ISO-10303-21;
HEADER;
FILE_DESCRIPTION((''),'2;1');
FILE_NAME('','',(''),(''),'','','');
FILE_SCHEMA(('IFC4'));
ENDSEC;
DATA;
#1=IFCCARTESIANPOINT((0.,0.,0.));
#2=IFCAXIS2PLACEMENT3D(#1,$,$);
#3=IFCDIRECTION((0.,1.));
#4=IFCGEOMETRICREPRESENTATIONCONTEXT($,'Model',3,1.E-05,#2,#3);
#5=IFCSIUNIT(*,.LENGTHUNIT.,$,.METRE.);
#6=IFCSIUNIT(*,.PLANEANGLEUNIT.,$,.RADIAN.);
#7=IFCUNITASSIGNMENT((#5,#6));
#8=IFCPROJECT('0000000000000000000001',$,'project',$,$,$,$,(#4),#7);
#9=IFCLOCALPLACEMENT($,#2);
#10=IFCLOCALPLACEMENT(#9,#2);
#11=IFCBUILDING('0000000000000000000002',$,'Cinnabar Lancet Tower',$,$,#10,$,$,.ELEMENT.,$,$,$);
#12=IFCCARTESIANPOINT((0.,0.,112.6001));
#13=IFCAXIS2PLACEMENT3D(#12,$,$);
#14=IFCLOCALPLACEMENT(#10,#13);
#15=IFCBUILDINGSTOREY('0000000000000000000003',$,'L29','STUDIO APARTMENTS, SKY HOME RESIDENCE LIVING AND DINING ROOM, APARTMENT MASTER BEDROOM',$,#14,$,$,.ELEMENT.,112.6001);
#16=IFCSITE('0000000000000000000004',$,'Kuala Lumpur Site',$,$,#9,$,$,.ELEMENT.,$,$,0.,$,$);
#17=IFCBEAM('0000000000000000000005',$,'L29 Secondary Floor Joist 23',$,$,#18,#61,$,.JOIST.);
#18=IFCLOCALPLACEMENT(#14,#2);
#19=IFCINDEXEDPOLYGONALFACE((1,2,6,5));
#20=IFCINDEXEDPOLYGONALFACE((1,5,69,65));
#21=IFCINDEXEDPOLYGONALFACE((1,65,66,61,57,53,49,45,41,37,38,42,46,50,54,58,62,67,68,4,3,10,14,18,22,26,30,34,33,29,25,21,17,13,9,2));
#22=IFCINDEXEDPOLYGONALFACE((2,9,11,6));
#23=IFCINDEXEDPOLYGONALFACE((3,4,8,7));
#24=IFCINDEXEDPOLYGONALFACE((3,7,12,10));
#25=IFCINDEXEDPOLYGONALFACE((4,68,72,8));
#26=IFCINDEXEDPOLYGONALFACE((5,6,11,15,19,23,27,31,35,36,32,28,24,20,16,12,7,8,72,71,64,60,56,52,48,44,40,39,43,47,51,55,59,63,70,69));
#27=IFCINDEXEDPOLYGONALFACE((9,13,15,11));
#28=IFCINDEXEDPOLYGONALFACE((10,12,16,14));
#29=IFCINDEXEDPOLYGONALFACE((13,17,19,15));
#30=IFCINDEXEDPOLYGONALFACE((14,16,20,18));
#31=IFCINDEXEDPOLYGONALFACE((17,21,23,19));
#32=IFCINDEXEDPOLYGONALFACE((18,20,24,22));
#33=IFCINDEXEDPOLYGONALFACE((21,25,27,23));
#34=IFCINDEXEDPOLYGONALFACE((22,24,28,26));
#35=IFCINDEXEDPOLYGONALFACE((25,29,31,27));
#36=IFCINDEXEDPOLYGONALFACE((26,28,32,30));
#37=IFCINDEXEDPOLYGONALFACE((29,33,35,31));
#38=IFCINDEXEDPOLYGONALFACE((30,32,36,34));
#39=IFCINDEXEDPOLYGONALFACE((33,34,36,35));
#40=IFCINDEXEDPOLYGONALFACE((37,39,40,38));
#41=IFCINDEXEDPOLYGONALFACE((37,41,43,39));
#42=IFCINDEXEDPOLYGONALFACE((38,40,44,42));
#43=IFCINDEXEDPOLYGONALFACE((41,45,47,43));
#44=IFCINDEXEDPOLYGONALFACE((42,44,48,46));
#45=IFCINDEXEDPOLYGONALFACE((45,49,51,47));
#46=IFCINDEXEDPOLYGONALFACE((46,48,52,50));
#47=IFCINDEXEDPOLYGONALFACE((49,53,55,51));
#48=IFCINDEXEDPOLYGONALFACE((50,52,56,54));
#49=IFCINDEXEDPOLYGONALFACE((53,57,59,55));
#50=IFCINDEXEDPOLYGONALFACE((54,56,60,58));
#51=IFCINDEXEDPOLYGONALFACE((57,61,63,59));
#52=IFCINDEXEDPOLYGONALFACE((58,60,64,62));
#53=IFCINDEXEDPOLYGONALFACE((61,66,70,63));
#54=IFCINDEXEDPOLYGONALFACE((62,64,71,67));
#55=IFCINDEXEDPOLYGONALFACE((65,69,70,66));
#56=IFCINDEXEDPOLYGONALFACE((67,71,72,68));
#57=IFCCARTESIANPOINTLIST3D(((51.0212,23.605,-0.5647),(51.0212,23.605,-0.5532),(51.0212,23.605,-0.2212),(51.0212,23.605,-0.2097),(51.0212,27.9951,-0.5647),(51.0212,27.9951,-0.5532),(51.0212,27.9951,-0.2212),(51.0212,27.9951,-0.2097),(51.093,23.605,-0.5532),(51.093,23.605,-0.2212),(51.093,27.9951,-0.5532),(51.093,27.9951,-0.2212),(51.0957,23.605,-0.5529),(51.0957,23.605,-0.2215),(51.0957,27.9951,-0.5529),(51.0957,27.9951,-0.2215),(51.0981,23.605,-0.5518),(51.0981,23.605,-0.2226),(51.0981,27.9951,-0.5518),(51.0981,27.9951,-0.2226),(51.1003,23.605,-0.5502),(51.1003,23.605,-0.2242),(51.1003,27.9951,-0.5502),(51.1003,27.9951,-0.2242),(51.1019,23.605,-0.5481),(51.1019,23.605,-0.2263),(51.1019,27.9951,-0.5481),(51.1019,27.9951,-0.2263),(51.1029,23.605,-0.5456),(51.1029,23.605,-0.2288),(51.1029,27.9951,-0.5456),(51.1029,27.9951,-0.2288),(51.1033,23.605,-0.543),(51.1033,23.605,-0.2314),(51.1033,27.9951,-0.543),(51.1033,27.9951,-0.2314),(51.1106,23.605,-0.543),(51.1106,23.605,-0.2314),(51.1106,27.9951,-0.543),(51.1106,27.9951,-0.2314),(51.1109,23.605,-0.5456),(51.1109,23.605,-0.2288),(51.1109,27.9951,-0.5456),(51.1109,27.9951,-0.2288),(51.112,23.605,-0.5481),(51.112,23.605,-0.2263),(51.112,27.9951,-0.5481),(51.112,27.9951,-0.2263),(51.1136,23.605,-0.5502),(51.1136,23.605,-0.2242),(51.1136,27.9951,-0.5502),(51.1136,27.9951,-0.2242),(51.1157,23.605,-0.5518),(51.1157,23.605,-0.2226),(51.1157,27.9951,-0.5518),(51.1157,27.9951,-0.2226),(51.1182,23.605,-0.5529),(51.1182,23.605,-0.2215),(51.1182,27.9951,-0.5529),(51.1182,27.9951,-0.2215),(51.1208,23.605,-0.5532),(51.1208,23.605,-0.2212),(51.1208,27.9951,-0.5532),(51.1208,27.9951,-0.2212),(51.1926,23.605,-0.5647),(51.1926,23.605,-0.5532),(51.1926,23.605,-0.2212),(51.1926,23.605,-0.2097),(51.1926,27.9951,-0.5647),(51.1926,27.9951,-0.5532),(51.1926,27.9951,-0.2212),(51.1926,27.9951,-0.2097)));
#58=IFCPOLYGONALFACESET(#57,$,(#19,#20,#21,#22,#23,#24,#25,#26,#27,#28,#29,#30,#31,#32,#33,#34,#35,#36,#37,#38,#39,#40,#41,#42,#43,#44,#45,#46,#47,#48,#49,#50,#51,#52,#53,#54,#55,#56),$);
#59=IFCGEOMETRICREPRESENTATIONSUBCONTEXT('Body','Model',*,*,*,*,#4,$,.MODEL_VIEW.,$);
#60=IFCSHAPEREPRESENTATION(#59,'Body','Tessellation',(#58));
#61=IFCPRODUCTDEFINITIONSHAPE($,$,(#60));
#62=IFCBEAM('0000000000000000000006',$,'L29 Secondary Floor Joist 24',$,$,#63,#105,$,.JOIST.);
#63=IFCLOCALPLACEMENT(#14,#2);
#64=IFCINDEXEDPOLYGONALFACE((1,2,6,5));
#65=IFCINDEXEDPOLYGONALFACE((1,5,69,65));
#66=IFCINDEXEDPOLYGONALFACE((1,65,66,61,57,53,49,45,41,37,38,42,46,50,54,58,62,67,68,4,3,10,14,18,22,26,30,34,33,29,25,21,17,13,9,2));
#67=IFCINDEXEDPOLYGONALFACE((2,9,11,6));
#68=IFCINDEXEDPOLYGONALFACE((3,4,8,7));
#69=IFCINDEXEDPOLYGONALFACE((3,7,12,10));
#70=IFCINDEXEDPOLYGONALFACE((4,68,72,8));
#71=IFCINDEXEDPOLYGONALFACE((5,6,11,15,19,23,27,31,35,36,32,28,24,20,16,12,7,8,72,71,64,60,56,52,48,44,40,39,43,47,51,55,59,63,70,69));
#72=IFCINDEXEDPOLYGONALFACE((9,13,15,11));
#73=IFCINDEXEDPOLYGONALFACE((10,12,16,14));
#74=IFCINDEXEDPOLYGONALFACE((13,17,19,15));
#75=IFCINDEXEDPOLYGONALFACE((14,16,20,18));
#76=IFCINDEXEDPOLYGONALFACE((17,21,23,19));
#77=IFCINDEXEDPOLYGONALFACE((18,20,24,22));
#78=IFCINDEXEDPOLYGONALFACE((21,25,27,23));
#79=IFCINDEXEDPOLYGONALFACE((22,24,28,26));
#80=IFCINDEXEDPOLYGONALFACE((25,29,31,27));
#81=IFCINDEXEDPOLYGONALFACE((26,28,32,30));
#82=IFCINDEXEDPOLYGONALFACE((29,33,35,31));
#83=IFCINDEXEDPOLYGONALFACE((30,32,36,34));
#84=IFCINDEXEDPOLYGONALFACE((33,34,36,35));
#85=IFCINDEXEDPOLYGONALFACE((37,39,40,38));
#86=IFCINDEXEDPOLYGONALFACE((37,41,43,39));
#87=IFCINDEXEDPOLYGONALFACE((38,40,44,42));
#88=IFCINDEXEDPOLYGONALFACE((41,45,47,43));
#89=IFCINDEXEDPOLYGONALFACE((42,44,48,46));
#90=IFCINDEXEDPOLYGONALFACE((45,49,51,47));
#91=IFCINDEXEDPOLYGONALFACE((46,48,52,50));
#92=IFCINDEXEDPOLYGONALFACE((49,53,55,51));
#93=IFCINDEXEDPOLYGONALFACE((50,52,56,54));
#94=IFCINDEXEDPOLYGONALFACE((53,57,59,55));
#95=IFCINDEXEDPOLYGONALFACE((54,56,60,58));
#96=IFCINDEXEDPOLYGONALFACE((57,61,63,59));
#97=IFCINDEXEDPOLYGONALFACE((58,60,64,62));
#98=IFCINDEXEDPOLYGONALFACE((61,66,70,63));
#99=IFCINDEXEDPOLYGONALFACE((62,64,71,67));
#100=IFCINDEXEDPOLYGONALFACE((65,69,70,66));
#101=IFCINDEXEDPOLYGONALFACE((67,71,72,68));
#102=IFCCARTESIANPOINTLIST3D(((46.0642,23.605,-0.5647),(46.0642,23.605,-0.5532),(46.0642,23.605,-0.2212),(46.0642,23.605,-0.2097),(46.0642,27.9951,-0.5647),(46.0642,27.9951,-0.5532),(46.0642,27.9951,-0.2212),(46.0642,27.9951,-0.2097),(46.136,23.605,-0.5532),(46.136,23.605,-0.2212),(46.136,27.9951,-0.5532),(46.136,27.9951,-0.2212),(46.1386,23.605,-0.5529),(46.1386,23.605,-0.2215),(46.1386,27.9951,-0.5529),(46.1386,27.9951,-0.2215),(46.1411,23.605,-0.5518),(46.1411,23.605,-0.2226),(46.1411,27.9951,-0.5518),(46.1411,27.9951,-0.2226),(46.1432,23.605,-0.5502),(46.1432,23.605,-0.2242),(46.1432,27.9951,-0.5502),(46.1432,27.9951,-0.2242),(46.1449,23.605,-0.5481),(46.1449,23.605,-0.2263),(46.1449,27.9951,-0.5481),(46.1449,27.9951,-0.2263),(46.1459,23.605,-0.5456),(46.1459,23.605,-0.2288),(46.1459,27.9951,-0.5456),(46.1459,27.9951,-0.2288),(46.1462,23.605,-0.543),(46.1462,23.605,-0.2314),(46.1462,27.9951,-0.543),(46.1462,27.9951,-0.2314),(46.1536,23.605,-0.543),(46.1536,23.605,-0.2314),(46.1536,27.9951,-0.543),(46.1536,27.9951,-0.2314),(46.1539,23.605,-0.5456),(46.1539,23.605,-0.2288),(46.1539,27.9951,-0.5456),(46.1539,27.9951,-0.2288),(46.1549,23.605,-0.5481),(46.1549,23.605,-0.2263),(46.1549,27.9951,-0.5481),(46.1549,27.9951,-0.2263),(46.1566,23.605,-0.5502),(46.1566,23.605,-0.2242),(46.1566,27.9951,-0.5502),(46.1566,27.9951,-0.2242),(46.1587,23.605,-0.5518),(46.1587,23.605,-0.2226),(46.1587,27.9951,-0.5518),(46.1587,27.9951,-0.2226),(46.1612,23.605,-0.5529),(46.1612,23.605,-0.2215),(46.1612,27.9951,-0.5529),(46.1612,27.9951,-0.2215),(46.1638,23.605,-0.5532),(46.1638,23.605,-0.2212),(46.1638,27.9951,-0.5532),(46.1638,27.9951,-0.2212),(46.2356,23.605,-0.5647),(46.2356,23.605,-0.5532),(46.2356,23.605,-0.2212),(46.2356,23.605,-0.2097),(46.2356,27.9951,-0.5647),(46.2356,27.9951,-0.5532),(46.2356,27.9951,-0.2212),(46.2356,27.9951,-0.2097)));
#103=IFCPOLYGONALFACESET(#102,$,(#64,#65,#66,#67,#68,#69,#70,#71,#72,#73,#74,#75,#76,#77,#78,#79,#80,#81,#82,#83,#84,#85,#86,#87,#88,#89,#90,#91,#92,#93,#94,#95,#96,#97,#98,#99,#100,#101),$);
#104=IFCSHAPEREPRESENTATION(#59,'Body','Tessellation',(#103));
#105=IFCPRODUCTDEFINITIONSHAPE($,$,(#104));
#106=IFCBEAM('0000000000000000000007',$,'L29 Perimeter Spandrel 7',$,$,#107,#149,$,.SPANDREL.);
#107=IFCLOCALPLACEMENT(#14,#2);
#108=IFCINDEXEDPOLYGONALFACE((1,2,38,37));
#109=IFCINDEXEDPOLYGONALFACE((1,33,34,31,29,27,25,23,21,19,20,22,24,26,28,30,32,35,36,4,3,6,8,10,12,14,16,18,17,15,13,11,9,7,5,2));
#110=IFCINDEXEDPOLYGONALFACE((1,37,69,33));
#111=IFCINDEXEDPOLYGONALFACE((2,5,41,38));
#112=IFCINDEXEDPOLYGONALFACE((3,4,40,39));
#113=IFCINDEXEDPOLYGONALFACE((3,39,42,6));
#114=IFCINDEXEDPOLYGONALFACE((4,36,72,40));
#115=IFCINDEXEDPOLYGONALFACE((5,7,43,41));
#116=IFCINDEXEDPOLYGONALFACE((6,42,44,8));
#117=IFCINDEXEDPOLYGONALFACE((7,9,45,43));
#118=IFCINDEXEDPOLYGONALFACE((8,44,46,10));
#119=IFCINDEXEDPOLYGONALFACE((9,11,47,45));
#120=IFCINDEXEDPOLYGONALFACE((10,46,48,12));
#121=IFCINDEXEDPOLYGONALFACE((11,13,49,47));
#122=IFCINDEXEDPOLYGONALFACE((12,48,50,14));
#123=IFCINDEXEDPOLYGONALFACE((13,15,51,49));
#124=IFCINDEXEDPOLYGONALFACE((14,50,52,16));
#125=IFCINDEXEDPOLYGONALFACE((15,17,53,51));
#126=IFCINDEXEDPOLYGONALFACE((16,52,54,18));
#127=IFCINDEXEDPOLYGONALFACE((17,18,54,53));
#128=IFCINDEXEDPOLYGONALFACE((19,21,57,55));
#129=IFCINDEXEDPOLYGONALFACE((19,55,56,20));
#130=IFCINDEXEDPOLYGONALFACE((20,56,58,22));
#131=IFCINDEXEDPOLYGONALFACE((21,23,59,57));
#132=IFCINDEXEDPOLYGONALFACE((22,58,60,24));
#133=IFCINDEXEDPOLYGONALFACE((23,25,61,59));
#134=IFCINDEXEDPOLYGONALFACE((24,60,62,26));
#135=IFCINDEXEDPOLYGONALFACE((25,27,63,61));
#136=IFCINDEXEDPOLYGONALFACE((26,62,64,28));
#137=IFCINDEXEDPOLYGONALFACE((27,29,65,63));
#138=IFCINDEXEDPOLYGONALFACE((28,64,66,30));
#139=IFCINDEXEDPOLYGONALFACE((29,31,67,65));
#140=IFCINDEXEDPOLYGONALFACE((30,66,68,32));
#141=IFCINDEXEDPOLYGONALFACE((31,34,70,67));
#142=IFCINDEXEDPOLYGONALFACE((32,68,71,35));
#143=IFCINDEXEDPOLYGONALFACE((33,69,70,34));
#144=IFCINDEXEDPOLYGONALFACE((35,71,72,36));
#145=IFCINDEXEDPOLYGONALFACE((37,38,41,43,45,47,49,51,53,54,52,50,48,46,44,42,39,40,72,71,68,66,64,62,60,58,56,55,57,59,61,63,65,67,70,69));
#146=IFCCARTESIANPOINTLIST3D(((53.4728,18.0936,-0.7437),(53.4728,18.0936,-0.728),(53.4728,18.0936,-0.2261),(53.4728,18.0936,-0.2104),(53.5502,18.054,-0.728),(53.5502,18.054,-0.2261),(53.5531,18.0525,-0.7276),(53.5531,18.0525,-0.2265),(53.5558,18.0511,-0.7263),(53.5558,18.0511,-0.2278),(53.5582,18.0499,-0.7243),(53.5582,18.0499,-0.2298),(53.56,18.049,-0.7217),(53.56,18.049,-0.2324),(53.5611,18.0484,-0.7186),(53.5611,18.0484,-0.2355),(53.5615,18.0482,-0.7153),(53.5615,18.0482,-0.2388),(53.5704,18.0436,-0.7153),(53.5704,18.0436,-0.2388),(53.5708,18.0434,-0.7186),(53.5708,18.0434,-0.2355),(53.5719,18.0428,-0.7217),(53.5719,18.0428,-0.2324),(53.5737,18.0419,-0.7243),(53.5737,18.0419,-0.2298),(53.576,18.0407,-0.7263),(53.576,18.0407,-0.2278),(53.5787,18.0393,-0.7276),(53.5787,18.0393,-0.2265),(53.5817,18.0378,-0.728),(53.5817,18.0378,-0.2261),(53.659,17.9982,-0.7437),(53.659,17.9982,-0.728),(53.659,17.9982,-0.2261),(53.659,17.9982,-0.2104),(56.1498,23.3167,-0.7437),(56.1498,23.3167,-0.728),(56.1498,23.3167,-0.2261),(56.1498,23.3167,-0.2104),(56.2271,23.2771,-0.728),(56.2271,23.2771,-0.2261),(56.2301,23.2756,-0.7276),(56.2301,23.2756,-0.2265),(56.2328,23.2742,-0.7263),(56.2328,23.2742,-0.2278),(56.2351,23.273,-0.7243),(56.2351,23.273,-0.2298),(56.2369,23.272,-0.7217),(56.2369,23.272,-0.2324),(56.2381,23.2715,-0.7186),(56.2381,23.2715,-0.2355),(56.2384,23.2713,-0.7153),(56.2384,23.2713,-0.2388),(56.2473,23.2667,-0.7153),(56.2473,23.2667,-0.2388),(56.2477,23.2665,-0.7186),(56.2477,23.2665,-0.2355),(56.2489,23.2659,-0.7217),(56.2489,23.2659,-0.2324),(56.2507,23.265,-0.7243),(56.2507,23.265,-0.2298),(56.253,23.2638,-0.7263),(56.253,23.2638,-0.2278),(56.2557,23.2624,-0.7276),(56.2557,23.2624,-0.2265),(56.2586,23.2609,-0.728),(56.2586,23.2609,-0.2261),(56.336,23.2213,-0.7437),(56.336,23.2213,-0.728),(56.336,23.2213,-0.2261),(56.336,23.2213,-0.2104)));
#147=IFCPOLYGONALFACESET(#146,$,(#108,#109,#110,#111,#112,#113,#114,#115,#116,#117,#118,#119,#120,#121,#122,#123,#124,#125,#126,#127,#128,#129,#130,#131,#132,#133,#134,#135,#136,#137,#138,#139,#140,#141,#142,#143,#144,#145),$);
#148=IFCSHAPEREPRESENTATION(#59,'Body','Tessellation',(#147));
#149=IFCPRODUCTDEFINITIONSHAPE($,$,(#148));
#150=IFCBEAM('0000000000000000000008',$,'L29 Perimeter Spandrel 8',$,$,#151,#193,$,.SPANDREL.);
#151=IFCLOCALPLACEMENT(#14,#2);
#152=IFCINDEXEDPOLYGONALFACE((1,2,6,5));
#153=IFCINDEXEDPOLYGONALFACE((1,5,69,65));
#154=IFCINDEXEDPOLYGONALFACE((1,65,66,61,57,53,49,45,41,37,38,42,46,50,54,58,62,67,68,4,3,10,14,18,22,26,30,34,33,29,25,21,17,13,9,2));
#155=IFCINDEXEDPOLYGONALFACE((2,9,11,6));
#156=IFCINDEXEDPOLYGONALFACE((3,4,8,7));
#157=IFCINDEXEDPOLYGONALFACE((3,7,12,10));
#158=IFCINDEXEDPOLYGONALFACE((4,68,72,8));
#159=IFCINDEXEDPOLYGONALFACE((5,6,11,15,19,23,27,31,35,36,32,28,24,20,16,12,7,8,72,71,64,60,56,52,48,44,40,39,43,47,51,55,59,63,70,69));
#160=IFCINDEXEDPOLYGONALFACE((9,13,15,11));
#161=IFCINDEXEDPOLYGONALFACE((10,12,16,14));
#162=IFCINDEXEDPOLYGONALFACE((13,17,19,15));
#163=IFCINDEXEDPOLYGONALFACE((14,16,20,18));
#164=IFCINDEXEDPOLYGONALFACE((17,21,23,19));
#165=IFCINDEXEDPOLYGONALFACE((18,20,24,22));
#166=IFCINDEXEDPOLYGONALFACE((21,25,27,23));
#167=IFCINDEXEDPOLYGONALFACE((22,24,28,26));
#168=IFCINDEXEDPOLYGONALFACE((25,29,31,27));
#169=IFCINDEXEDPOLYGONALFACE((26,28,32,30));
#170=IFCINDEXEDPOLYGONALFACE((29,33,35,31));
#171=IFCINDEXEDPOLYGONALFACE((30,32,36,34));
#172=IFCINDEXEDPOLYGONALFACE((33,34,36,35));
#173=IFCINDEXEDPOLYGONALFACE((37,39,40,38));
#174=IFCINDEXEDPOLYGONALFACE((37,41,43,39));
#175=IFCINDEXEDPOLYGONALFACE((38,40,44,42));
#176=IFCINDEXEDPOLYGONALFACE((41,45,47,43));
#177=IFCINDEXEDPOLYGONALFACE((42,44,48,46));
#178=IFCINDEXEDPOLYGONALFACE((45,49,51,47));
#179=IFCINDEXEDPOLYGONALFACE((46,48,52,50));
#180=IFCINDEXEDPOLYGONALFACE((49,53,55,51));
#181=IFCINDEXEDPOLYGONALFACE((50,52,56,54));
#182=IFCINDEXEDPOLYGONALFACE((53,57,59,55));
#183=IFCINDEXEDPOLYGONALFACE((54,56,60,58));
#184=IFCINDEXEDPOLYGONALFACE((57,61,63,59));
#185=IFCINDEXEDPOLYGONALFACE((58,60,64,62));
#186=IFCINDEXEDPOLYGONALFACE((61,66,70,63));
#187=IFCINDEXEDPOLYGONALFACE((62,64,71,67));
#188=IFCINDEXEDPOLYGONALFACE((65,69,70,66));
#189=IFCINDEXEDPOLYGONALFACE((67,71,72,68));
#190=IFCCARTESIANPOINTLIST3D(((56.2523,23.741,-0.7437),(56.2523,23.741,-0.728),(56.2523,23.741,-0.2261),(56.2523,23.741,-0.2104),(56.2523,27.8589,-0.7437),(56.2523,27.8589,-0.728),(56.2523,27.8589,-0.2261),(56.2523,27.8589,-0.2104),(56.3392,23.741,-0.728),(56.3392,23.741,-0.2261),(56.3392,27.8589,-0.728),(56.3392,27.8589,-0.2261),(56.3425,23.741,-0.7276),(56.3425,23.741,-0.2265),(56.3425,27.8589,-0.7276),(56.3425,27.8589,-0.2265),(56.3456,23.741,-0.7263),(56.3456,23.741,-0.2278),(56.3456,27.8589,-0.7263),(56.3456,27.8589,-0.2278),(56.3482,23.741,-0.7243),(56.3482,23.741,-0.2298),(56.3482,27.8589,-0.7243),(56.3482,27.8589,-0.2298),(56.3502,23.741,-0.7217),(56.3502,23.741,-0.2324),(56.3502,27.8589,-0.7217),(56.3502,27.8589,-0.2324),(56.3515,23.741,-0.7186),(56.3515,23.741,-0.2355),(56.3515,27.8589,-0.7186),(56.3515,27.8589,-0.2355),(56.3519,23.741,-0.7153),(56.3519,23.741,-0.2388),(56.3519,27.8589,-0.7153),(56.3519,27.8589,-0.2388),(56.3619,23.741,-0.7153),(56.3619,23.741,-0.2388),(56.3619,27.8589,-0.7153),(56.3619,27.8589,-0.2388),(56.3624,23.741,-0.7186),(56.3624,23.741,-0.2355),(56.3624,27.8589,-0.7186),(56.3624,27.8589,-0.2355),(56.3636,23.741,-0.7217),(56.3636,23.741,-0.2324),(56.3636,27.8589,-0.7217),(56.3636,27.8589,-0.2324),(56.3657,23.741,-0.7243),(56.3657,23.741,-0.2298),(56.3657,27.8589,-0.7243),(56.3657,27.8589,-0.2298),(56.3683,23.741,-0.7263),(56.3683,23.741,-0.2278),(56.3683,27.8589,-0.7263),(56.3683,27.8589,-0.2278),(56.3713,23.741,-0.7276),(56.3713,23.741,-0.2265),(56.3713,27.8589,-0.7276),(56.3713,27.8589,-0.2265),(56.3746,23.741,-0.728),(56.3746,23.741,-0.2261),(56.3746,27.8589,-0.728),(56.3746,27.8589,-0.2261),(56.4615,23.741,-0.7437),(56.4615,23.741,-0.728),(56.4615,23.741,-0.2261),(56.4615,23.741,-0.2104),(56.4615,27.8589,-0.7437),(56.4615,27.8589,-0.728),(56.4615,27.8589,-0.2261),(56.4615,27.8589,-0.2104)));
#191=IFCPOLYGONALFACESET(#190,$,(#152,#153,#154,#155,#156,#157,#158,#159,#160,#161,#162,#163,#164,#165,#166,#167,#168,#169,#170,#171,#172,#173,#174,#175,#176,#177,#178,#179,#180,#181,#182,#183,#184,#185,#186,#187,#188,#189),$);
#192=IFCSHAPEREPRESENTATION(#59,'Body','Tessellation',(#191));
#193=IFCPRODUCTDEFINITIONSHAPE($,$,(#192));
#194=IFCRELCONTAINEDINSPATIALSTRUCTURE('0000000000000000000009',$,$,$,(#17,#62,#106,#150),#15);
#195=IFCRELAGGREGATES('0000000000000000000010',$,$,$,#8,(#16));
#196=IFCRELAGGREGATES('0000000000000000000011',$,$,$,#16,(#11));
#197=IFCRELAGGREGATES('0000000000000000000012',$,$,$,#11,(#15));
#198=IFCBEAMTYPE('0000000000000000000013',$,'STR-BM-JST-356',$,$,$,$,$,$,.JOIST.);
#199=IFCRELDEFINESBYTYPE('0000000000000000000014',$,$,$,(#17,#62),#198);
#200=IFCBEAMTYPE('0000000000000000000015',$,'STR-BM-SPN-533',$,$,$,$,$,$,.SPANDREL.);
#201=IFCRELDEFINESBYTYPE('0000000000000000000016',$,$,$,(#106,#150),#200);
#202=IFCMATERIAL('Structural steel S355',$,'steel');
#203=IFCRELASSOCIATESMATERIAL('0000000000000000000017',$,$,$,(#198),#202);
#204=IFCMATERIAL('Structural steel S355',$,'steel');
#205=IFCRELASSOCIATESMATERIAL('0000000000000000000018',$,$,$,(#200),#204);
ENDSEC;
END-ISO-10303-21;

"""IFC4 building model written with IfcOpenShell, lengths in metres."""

from ifc_helpers import new_model, si_unit, direction, frame, origin, origin_2d, place, context, subcontext, project, spatial, i_section, extrude, material, material_profile, profile_set, type_object, element, save


model = new_model("IFC4")

# Units and contexts
model_context = context("Model", 3, precision=1e-05, world=origin(), true_north=direction((0.0, 1.0)))
body_context = subcontext(model_context, "Body", "Model", "MODEL_VIEW")
ifc_project = project(units=[si_unit("LENGTHUNIT", "METRE"), si_unit("PLANEANGLEUNIT", "RADIAN")], contexts=[model_context])

# Site, building, storey
site_placement = place(None, origin())
site = spatial("IfcSite", under=ifc_project, at=site_placement, Name="Kuala Lumpur Site", CompositionType="ELEMENT", RefElevation=0.0)
building_placement = place(site_placement, origin())
building = spatial("IfcBuilding", under=site, at=building_placement, Name="Cinnabar Lancet Tower", CompositionType="ELEMENT")
storey_placement = place(building_placement, frame((0.0, 0.0, 112.6001)))
storey = spatial("IfcBuildingStorey", under=building, at=storey_placement, Name="L29", Description="STUDIO APARTMENTS, SKY HOME RESIDENCE LIVING AND DINING ROOM, APARTMENT MASTER BEDROOM", CompositionType="ELEMENT", Elevation=112.6001)

# Beams
ifc_material_1 = material(Name="Structural steel S355", Category="steel")
ifc_material_profile_1 = material_profile(ifc_material_1, i_section(OverallWidth=0.1714, OverallDepth=0.355, WebThickness=0.0073, FlangeThickness=0.0115, FilletRadius=0.0103, at=origin_2d()), Name="UKB 356x171x51")
ifc_profile_set_1 = profile_set([ifc_material_profile_1], Name="Structural steel S355")
beam_type_1 = type_object("IfcBeamType", Name="STR-BM-JST-356", PredefinedType="JOIST", material=ifc_profile_set_1)
for number, where, z_axis, x_axis, name in (
    (1, (51.1069, 23.605, -0.3872), (0.0, 1.0, 0.0), (-1.0, 0.0, 0.0), "L29 Secondary Floor Joist 23"),
    (2, (46.1499, 23.605, -0.3872), (0.0, 1.0, 0.0), (-1.0, 0.0, 0.0), "L29 Secondary Floor Joist 24"),
):
    element("IfcBeam", number, at=place(storey_placement, frame(where, z_axis=z_axis, x_axis=x_axis)), inside=storey, type_object=beam_type_1, Name=name, PredefinedType="JOIST", context=body_context, shape_type="SweptSolid", body=[
        extrude(i_section(OverallWidth=0.1714, OverallDepth=0.355, WebThickness=0.0073, FlangeThickness=0.0115, FilletRadius=0.0103, at=origin_2d()), origin(), (0.0, 0.0, 1.0), 4.3901),
    ])
ifc_material_2 = material(Name="Structural steel S355", Category="steel")
ifc_material_profile_2 = material_profile(ifc_material_2, i_section(OverallWidth=0.2092, OverallDepth=0.5332, WebThickness=0.01, FlangeThickness=0.0156, FilletRadius=0.0127, at=origin_2d()), Name="UKB 533x210x92")
ifc_profile_set_2 = profile_set([ifc_material_profile_2], Name="Structural steel S355")
beam_type_2 = type_object("IfcBeamType", Name="STR-BM-SPN-533", PredefinedType="SPANDREL", material=ifc_profile_set_2)
beam_1_placement = place(storey_placement, frame((53.5659, 18.0459, -0.4771), z_axis=(0.45611, 0.889924, 0.0), x_axis=(-0.889924, 0.45611, 0.0)))
element("IfcBeam", 3, at=beam_1_placement, inside=storey, type_object=beam_type_2, Name="L29 Perimeter Spandrel 7", PredefinedType="SPANDREL", context=body_context, shape_type="SweptSolid", body=[
    extrude(i_section(OverallWidth=0.2092, OverallDepth=0.5332, WebThickness=0.01, FlangeThickness=0.0156, FilletRadius=0.0127, at=origin_2d()), origin(), (0.0, 0.0, 1.0), 5.8691),
])
beam_2_placement = place(storey_placement, frame((56.3569, 23.741, -0.4771), z_axis=(0.0, 1.0, 0.0), x_axis=(-1.0, 0.0, 0.0)))
element("IfcBeam", 4, at=beam_2_placement, inside=storey, type_object=beam_type_2, Name="L29 Perimeter Spandrel 8", PredefinedType="SPANDREL", context=body_context, shape_type="SweptSolid", body=[
    extrude(i_section(OverallWidth=0.2092, OverallDepth=0.5332, WebThickness=0.01, FlangeThickness=0.0156, FilletRadius=0.0127, at=origin_2d()), origin(), (0.0, 0.0, 1.0), 4.1179),
])

save(model, "model.ifc")
